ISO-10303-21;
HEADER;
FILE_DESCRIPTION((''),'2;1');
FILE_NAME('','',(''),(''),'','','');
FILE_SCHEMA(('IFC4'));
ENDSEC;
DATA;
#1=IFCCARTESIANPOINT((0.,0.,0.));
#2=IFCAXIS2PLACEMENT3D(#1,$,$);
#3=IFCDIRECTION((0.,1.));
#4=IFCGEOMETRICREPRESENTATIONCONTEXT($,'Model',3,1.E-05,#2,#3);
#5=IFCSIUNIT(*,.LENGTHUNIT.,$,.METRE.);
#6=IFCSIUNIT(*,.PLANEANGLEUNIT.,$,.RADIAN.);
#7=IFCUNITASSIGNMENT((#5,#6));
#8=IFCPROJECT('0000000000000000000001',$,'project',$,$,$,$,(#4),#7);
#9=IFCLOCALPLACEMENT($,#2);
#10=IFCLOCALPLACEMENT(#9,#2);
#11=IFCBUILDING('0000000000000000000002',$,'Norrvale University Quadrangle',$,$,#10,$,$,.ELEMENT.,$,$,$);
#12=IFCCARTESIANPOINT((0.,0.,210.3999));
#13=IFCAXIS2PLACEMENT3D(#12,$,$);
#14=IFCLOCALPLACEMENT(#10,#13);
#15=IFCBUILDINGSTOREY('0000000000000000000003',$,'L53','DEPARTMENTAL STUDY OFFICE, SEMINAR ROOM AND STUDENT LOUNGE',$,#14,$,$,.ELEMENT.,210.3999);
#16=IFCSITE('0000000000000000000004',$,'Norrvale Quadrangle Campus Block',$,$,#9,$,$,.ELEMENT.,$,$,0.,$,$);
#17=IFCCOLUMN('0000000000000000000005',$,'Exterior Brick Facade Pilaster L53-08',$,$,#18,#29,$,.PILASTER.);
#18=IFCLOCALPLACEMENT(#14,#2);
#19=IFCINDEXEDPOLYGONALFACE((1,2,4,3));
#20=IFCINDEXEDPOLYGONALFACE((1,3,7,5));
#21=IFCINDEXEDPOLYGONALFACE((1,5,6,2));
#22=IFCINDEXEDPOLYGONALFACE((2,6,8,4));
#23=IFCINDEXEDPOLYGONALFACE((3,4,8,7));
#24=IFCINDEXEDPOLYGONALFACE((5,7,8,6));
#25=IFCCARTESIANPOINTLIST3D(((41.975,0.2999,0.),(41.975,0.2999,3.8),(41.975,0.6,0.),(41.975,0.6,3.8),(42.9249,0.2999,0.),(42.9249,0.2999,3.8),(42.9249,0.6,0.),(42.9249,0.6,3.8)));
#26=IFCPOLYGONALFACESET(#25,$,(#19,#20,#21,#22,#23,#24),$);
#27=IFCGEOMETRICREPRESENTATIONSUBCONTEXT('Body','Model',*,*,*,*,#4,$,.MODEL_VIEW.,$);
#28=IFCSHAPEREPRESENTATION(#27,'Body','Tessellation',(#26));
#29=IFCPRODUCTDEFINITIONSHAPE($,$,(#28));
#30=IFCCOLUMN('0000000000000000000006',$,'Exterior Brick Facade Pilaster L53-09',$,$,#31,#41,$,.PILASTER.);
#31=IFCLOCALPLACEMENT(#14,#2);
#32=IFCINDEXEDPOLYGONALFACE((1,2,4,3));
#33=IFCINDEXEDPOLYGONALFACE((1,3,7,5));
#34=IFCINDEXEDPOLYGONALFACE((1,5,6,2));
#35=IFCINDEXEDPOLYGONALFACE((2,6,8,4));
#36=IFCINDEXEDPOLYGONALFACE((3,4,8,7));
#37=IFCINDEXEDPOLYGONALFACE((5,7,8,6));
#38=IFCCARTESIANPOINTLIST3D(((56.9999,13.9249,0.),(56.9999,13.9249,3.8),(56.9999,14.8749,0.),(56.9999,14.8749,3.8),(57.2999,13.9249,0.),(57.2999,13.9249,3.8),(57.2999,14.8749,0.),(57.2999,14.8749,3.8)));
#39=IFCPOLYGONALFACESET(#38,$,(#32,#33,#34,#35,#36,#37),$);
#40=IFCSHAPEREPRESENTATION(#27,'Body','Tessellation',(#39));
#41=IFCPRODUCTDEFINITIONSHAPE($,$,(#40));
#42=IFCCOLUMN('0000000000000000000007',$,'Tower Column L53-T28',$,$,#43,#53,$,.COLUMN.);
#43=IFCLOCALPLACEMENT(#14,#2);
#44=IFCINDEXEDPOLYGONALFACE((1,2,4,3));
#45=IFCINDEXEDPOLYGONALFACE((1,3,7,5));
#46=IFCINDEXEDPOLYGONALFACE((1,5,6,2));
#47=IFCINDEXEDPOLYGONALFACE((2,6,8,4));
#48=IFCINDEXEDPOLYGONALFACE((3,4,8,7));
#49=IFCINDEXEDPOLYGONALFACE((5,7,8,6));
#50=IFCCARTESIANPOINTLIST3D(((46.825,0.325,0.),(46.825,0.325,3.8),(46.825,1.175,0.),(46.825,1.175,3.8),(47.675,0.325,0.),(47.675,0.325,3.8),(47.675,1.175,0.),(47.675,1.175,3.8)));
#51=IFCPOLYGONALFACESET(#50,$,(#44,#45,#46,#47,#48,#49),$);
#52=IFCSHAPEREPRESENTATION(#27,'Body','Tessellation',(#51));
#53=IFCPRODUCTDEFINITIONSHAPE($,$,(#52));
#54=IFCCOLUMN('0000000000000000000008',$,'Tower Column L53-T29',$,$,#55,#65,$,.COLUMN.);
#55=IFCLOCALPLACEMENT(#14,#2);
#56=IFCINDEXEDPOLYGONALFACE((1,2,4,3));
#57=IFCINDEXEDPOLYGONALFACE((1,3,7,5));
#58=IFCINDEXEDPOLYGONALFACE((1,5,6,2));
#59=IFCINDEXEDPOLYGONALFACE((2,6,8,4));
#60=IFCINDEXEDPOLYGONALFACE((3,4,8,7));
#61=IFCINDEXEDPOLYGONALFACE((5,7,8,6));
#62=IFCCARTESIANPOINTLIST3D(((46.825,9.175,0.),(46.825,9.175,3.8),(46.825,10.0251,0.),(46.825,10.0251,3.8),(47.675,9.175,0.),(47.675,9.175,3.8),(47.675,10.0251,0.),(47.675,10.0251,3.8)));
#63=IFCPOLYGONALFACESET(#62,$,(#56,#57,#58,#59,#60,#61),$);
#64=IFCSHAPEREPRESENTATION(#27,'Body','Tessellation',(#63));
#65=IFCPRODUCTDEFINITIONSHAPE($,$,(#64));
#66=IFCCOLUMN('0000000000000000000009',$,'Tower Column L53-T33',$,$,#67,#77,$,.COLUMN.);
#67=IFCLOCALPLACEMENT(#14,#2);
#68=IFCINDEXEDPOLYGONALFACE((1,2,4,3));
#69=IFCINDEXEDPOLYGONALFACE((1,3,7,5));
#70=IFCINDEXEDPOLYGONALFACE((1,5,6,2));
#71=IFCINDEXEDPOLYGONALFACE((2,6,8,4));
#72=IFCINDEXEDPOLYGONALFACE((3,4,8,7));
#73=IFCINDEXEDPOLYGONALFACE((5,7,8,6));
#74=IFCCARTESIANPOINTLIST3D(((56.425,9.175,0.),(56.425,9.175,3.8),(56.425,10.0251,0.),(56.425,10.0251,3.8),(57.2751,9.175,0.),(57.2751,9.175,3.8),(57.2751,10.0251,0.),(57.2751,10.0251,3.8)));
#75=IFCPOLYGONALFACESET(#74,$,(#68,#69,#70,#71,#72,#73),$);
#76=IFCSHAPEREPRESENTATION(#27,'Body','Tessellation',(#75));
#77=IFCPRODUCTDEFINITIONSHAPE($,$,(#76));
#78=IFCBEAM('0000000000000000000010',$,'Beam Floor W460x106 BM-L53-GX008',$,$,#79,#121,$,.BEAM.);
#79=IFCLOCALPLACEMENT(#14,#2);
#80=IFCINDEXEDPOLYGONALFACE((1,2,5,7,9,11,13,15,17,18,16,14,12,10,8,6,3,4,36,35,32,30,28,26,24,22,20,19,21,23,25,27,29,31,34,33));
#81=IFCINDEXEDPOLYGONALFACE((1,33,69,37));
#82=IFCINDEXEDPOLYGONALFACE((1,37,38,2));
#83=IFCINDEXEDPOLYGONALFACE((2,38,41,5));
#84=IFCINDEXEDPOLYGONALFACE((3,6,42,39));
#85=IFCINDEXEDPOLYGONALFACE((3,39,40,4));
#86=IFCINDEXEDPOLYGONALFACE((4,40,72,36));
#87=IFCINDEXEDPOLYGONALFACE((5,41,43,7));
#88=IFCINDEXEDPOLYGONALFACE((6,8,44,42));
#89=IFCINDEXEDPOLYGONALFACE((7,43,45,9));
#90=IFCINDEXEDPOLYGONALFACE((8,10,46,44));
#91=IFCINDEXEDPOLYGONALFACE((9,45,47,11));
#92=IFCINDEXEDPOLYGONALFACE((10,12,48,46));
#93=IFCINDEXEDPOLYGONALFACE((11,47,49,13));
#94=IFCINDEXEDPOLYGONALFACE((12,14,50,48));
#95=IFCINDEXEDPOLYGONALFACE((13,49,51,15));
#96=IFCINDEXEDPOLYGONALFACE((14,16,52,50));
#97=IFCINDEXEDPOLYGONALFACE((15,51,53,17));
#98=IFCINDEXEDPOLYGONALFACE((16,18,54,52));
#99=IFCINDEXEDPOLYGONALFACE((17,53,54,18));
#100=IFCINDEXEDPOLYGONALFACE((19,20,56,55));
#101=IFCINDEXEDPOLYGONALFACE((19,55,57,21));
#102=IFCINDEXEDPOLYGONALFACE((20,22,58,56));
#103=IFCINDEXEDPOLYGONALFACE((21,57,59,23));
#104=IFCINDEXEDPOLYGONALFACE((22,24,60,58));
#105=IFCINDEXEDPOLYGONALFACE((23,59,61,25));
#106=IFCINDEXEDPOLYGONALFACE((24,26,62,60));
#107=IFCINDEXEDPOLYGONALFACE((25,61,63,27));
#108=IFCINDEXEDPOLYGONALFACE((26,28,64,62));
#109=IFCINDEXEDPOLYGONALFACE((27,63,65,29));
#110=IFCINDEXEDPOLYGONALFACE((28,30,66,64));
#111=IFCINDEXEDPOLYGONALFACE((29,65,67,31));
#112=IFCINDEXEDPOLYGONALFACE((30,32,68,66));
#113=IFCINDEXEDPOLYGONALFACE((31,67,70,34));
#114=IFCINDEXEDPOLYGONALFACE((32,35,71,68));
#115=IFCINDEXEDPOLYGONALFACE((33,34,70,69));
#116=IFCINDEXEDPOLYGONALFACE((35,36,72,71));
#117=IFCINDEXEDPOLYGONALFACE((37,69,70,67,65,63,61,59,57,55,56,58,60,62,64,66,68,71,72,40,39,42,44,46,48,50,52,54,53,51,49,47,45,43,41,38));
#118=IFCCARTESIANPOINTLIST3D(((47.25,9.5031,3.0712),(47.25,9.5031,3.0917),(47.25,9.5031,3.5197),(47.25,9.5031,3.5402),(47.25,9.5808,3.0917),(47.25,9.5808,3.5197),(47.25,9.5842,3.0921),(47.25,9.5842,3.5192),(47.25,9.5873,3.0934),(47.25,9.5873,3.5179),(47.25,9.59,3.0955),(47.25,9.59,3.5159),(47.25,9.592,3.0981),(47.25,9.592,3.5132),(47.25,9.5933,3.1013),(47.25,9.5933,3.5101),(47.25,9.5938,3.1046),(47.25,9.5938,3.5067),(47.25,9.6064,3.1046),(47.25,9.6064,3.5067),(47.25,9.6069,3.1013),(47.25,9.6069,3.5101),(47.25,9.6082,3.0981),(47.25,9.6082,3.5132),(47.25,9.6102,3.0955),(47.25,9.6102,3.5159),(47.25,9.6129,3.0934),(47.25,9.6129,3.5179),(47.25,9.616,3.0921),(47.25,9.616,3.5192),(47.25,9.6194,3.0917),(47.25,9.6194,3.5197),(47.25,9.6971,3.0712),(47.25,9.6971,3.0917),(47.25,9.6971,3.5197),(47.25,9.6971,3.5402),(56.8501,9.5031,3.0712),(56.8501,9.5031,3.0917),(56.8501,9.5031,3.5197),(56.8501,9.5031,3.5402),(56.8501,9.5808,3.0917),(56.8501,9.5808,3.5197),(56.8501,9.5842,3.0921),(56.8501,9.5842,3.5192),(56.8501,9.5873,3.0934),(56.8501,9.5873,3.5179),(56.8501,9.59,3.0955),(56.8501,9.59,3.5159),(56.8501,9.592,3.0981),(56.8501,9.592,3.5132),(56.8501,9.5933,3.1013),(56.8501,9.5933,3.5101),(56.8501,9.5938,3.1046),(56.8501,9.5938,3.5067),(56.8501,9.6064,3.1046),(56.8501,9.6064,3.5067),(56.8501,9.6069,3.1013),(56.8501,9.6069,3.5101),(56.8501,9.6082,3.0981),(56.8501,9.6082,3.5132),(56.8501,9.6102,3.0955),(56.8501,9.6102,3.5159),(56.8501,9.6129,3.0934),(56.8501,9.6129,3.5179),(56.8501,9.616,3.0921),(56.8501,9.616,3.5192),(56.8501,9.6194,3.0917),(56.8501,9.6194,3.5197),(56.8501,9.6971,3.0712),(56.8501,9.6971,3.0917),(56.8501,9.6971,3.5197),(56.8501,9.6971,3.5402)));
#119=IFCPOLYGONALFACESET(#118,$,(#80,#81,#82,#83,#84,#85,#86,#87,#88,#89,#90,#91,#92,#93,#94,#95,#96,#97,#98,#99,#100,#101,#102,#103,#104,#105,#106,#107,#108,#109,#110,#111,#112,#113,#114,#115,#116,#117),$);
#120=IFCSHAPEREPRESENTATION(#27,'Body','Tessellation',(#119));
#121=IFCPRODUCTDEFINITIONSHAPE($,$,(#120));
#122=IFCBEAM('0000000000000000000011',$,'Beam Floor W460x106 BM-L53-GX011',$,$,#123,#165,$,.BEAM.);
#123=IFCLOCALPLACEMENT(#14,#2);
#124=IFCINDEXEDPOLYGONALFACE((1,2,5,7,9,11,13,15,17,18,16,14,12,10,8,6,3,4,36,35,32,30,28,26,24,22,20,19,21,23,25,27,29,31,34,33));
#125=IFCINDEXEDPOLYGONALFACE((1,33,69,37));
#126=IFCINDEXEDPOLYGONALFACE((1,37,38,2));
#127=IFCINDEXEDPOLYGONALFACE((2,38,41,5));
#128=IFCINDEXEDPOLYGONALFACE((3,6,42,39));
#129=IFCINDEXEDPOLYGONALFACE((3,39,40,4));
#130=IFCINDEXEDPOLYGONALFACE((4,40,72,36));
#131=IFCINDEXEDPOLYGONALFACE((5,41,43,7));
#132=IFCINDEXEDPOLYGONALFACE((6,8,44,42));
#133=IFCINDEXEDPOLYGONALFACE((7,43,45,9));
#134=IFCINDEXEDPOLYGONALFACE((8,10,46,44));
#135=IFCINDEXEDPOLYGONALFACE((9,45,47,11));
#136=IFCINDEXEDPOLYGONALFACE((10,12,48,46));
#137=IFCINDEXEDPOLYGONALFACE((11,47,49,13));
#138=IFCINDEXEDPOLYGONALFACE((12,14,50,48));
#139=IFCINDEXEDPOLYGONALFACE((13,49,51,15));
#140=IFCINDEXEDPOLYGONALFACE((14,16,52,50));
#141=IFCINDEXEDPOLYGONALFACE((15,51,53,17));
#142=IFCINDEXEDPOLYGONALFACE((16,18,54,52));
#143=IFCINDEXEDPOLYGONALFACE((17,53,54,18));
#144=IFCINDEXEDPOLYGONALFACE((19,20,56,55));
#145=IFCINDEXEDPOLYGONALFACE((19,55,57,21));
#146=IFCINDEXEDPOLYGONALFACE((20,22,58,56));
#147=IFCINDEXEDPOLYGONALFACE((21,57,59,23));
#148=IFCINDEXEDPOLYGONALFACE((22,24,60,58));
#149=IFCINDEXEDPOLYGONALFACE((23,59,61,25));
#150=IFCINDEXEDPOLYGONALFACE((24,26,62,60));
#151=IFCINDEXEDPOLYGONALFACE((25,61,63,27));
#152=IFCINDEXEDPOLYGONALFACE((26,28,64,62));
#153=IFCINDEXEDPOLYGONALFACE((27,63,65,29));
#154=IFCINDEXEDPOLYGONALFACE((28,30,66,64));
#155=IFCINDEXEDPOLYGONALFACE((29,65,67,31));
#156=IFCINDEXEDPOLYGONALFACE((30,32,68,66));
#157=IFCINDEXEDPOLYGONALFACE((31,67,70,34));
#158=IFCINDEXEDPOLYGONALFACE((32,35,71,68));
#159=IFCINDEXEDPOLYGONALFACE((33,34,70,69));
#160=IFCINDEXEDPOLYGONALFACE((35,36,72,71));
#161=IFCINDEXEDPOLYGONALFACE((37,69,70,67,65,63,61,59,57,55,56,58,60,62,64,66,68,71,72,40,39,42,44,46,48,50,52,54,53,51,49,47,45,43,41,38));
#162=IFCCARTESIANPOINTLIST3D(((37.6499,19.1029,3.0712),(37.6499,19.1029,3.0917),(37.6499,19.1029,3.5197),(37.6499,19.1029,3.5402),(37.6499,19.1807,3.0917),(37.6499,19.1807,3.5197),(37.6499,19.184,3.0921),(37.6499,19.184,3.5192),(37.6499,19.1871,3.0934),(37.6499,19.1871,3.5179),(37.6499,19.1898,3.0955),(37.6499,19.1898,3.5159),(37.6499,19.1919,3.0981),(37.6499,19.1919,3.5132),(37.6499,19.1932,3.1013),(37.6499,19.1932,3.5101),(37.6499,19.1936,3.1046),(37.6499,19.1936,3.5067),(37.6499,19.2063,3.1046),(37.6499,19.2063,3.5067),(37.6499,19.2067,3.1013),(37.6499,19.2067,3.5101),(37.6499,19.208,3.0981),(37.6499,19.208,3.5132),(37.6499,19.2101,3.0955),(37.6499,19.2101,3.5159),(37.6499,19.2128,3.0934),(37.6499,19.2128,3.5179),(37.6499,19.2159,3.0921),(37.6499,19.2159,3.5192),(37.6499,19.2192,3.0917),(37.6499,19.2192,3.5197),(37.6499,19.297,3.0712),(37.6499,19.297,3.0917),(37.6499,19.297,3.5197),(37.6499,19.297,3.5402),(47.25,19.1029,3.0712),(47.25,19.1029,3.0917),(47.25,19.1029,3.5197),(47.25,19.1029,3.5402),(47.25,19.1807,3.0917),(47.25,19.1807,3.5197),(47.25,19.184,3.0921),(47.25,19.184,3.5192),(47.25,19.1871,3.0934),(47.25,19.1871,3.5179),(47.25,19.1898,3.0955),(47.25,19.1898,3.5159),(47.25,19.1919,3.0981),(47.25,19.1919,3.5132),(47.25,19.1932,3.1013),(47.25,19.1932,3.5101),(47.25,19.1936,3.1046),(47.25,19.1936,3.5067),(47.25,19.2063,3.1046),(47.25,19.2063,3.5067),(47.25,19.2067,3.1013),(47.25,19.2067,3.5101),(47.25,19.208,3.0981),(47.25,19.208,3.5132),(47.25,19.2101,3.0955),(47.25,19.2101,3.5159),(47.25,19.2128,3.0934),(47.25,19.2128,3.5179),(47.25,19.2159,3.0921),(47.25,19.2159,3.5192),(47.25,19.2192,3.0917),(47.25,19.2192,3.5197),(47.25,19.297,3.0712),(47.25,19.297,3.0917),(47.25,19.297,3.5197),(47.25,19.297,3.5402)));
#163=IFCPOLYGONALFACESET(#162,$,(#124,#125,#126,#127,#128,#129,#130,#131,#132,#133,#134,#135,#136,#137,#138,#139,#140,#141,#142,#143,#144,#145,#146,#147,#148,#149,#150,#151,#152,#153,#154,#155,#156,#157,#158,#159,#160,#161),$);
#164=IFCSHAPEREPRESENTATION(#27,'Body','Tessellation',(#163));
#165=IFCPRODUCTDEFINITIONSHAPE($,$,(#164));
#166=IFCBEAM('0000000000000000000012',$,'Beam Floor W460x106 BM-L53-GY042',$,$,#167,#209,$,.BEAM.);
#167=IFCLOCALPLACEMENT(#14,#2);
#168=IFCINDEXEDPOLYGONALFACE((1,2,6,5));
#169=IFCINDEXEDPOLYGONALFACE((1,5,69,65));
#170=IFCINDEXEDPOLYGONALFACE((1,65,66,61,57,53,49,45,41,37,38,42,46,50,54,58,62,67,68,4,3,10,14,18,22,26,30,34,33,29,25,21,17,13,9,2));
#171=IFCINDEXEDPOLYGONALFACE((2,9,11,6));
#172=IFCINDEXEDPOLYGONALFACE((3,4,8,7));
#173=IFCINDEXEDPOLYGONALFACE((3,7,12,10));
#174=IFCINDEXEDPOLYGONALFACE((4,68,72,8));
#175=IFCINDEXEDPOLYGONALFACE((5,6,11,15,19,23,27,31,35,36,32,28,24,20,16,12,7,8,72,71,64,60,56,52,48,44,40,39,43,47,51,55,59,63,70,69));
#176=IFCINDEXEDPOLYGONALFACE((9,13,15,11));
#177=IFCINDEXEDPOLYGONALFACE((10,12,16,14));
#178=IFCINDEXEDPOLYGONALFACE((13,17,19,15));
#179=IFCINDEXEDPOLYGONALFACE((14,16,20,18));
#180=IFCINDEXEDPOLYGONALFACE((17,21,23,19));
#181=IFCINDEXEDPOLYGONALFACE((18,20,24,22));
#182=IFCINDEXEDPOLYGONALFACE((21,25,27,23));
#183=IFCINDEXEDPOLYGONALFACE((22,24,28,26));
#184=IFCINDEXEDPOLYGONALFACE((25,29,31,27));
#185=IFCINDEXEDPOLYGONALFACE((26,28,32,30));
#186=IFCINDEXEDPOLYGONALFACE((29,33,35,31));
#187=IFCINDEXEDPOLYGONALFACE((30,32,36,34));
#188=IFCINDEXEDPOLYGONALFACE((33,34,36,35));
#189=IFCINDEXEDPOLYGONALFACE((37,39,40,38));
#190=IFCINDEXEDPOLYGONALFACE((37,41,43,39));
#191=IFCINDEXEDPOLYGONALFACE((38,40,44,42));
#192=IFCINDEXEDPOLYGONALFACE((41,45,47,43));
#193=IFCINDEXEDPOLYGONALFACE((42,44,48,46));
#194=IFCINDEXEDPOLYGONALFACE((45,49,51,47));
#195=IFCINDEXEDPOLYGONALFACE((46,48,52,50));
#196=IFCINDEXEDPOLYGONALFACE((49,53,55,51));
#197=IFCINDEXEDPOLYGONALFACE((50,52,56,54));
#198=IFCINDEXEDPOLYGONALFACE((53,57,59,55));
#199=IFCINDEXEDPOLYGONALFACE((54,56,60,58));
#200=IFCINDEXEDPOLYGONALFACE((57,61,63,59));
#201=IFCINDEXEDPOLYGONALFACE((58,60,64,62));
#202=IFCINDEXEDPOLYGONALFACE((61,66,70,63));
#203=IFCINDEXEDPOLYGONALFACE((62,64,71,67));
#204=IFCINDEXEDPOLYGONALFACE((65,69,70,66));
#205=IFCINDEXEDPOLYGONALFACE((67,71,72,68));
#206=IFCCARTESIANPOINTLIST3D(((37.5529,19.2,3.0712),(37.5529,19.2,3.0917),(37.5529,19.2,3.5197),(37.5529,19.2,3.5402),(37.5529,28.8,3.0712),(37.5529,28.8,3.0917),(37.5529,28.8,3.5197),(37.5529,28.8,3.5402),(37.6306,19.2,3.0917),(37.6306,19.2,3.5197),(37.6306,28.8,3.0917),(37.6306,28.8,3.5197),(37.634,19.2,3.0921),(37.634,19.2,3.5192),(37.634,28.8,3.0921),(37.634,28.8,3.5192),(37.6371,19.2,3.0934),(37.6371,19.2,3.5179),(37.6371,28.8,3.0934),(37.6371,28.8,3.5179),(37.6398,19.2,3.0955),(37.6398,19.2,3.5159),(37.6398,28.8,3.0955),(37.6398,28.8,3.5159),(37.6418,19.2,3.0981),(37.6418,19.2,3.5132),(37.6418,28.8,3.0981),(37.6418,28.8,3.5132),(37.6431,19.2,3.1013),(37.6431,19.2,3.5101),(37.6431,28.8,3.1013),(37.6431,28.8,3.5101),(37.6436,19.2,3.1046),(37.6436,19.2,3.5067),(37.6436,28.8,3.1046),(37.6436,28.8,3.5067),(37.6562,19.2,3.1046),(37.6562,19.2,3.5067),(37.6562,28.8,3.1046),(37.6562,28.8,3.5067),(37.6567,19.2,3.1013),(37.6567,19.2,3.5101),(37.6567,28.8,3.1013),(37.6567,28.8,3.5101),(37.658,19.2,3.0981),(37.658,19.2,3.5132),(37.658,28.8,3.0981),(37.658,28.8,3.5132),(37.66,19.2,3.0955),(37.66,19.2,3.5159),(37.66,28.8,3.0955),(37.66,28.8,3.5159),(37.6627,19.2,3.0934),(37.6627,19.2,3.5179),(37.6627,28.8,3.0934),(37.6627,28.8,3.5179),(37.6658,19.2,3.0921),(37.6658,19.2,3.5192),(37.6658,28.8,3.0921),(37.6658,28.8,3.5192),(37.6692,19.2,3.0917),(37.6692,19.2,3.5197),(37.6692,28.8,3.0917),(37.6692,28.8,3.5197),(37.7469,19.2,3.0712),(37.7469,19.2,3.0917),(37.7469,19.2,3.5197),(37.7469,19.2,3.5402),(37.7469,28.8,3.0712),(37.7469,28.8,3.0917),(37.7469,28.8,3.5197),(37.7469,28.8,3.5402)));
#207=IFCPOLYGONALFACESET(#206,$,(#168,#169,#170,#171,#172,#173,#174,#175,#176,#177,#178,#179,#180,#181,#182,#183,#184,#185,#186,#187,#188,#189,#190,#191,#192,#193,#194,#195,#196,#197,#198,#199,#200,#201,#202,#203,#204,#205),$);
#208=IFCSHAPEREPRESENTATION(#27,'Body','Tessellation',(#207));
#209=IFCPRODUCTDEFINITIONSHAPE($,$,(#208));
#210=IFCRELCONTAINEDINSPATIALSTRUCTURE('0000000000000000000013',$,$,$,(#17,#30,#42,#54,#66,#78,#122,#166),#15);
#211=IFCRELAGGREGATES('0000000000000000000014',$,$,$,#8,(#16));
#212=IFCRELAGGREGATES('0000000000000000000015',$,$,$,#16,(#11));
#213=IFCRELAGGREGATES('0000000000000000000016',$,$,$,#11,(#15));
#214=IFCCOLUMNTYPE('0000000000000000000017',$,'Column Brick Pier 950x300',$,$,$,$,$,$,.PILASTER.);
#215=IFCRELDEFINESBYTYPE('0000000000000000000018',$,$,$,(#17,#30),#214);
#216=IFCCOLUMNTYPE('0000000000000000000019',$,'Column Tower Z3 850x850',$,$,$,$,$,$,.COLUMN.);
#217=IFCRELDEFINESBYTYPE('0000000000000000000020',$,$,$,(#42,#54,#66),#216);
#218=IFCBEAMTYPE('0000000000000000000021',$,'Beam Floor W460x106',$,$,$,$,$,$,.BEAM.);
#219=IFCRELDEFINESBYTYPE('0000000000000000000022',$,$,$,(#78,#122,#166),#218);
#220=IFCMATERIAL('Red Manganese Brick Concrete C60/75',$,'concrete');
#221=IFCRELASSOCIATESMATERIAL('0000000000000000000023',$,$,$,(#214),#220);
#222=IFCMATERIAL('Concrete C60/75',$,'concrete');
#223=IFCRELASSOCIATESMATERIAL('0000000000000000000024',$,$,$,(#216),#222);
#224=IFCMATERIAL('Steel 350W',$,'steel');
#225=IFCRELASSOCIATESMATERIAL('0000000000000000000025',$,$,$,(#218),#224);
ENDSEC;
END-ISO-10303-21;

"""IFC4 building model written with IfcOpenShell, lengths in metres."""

from ifc_helpers import new_model, si_unit, direction, frame, origin, origin_2d, place, context, subcontext, project, spatial, rectangle, i_section, extrude, material, material_profile, profile_set, type_object, element, save


model = new_model("IFC4")

# Units and contexts
model_context = context("Model", 3, precision=1e-05, world=origin(), true_north=direction((0.0, 1.0)))
body_context = subcontext(model_context, "Body", "Model", "MODEL_VIEW")
ifc_project = project(units=[si_unit("LENGTHUNIT", "METRE"), si_unit("PLANEANGLEUNIT", "RADIAN")], contexts=[model_context])

# Site, building, storey
site_placement = place(None, origin())
site = spatial("IfcSite", under=ifc_project, at=site_placement, Name="Norrvale Quadrangle Campus Block", CompositionType="ELEMENT", RefElevation=0.0)
building_placement = place(site_placement, origin())
building = spatial("IfcBuilding", under=site, at=building_placement, Name="Norrvale University Quadrangle", CompositionType="ELEMENT")
storey_placement = place(building_placement, frame((0.0, 0.0, 210.3999)))
storey = spatial("IfcBuildingStorey", under=building, at=storey_placement, Name="L53", Description="DEPARTMENTAL STUDY OFFICE, SEMINAR ROOM AND STUDENT LOUNGE", CompositionType="ELEMENT", Elevation=210.3999)

# Columns
ifc_material_1 = material(Name="Red Manganese Brick Concrete C60/75", Category="concrete")
ifc_material_profile_1 = material_profile(ifc_material_1, rectangle(XDim=0.95, YDim=0.3, at=origin_2d()), Name="Red Manganese Brick Concrete C60/75")
ifc_profile_set_1 = profile_set([ifc_material_profile_1], Name="Red Manganese Brick Concrete C60/75")
column_type_1 = type_object("IfcColumnType", Name="Column Brick Pier 950x300", PredefinedType="PILASTER", material=ifc_profile_set_1)
for number, where, z_axis, x_axis, name in (
    (1, (42.45, 0.45, 0.0), (0.0, 0.0, 1.0), (1.0, 0.0, 0.0), "Exterior Brick Facade Pilaster L53-08"),
    (2, (57.1499, 14.3999, 0.0), (0.0, 0.0, 1.0), (0.0, 1.0, 0.0), "Exterior Brick Facade Pilaster L53-09"),
):
    element("IfcColumn", number, at=place(storey_placement, frame(where, z_axis=z_axis, x_axis=x_axis)), inside=storey, type_object=column_type_1, Name=name, PredefinedType="PILASTER", context=body_context, shape_type="SweptSolid", body=[
        extrude(rectangle(XDim=0.95, YDim=0.3, at=origin_2d()), origin(), (0.0, 0.0, 1.0), 3.8),
    ])
ifc_material_2 = material(Name="Concrete C60/75", Category="concrete")
ifc_material_profile_2 = material_profile(ifc_material_2, rectangle(XDim=0.8501, YDim=0.8501, at=origin_2d()), Name="Concrete C60/75")
ifc_profile_set_2 = profile_set([ifc_material_profile_2], Name="Concrete C60/75")
column_type_2 = type_object("IfcColumnType", Name="Column Tower Z3 850x850", PredefinedType="COLUMN", material=ifc_profile_set_2)
for number, where, z_axis, x_axis, name in (
    (3, (47.25, 0.75, 0.0), (0.0, 0.0, 1.0), (1.0, 0.0, 0.0), "Tower Column L53-T28"),
    (4, (47.25, 9.6001, 0.0), (0.0, 0.0, 1.0), (1.0, 0.0, 0.0), "Tower Column L53-T29"),
    (5, (56.8501, 9.6001, 0.0), (0.0, 0.0, 1.0), (1.0, 0.0, 0.0), "Tower Column L53-T33"),
):
    element("IfcColumn", number, at=place(storey_placement, frame(where, z_axis=z_axis, x_axis=x_axis)), inside=storey, type_object=column_type_2, Name=name, PredefinedType="COLUMN", context=body_context, shape_type="SweptSolid", body=[
        extrude(rectangle(XDim=0.8501, YDim=0.8501, at=origin_2d()), origin(), (0.0, 0.0, 1.0), 3.8),
    ])

# Beams
ifc_material_3 = material(Name="Steel 350W", Category="steel")
ifc_material_profile_3 = material_profile(ifc_material_3, i_section(OverallWidth=0.1941, OverallDepth=0.469, WebThickness=0.0127, FlangeThickness=0.0205, FilletRadius=0.0129, at=origin_2d()), Name="Steel 350W")
ifc_profile_set_3 = profile_set([ifc_material_profile_3], Name="Steel 350W")
beam_type_1 = type_object("IfcBeamType", Name="Beam Floor W460x106", PredefinedType="BEAM", material=ifc_profile_set_3)
for number, where, z_axis, x_axis, name in (
    (6, (47.25, 9.6001, 3.3057), (1.0, 0.0, 0.0), (0.0, 1.0, 0.0), "Beam Floor W460x106 BM-L53-GX008"),
    (7, (37.6499, 19.2, 3.3057), (1.0, 0.0, 0.0), (0.0, 1.0, 0.0), "Beam Floor W460x106 BM-L53-GX011"),
    (8, (37.6499, 19.2, 3.3057), (0.0, 1.0, 0.0), (-1.0, 0.0, 0.0), "Beam Floor W460x106 BM-L53-GY042"),
):
    element("IfcBeam", number, at=place(storey_placement, frame(where, z_axis=z_axis, x_axis=x_axis)), inside=storey, type_object=beam_type_1, Name=name, PredefinedType="BEAM", context=body_context, shape_type="SweptSolid", body=[
        extrude(i_section(OverallWidth=0.1941, OverallDepth=0.469, WebThickness=0.0127, FlangeThickness=0.0205, FilletRadius=0.0129, at=origin_2d()), origin(), (0.0, 0.0, 1.0), 9.6001),
    ])

save(model, "model.ifc")
